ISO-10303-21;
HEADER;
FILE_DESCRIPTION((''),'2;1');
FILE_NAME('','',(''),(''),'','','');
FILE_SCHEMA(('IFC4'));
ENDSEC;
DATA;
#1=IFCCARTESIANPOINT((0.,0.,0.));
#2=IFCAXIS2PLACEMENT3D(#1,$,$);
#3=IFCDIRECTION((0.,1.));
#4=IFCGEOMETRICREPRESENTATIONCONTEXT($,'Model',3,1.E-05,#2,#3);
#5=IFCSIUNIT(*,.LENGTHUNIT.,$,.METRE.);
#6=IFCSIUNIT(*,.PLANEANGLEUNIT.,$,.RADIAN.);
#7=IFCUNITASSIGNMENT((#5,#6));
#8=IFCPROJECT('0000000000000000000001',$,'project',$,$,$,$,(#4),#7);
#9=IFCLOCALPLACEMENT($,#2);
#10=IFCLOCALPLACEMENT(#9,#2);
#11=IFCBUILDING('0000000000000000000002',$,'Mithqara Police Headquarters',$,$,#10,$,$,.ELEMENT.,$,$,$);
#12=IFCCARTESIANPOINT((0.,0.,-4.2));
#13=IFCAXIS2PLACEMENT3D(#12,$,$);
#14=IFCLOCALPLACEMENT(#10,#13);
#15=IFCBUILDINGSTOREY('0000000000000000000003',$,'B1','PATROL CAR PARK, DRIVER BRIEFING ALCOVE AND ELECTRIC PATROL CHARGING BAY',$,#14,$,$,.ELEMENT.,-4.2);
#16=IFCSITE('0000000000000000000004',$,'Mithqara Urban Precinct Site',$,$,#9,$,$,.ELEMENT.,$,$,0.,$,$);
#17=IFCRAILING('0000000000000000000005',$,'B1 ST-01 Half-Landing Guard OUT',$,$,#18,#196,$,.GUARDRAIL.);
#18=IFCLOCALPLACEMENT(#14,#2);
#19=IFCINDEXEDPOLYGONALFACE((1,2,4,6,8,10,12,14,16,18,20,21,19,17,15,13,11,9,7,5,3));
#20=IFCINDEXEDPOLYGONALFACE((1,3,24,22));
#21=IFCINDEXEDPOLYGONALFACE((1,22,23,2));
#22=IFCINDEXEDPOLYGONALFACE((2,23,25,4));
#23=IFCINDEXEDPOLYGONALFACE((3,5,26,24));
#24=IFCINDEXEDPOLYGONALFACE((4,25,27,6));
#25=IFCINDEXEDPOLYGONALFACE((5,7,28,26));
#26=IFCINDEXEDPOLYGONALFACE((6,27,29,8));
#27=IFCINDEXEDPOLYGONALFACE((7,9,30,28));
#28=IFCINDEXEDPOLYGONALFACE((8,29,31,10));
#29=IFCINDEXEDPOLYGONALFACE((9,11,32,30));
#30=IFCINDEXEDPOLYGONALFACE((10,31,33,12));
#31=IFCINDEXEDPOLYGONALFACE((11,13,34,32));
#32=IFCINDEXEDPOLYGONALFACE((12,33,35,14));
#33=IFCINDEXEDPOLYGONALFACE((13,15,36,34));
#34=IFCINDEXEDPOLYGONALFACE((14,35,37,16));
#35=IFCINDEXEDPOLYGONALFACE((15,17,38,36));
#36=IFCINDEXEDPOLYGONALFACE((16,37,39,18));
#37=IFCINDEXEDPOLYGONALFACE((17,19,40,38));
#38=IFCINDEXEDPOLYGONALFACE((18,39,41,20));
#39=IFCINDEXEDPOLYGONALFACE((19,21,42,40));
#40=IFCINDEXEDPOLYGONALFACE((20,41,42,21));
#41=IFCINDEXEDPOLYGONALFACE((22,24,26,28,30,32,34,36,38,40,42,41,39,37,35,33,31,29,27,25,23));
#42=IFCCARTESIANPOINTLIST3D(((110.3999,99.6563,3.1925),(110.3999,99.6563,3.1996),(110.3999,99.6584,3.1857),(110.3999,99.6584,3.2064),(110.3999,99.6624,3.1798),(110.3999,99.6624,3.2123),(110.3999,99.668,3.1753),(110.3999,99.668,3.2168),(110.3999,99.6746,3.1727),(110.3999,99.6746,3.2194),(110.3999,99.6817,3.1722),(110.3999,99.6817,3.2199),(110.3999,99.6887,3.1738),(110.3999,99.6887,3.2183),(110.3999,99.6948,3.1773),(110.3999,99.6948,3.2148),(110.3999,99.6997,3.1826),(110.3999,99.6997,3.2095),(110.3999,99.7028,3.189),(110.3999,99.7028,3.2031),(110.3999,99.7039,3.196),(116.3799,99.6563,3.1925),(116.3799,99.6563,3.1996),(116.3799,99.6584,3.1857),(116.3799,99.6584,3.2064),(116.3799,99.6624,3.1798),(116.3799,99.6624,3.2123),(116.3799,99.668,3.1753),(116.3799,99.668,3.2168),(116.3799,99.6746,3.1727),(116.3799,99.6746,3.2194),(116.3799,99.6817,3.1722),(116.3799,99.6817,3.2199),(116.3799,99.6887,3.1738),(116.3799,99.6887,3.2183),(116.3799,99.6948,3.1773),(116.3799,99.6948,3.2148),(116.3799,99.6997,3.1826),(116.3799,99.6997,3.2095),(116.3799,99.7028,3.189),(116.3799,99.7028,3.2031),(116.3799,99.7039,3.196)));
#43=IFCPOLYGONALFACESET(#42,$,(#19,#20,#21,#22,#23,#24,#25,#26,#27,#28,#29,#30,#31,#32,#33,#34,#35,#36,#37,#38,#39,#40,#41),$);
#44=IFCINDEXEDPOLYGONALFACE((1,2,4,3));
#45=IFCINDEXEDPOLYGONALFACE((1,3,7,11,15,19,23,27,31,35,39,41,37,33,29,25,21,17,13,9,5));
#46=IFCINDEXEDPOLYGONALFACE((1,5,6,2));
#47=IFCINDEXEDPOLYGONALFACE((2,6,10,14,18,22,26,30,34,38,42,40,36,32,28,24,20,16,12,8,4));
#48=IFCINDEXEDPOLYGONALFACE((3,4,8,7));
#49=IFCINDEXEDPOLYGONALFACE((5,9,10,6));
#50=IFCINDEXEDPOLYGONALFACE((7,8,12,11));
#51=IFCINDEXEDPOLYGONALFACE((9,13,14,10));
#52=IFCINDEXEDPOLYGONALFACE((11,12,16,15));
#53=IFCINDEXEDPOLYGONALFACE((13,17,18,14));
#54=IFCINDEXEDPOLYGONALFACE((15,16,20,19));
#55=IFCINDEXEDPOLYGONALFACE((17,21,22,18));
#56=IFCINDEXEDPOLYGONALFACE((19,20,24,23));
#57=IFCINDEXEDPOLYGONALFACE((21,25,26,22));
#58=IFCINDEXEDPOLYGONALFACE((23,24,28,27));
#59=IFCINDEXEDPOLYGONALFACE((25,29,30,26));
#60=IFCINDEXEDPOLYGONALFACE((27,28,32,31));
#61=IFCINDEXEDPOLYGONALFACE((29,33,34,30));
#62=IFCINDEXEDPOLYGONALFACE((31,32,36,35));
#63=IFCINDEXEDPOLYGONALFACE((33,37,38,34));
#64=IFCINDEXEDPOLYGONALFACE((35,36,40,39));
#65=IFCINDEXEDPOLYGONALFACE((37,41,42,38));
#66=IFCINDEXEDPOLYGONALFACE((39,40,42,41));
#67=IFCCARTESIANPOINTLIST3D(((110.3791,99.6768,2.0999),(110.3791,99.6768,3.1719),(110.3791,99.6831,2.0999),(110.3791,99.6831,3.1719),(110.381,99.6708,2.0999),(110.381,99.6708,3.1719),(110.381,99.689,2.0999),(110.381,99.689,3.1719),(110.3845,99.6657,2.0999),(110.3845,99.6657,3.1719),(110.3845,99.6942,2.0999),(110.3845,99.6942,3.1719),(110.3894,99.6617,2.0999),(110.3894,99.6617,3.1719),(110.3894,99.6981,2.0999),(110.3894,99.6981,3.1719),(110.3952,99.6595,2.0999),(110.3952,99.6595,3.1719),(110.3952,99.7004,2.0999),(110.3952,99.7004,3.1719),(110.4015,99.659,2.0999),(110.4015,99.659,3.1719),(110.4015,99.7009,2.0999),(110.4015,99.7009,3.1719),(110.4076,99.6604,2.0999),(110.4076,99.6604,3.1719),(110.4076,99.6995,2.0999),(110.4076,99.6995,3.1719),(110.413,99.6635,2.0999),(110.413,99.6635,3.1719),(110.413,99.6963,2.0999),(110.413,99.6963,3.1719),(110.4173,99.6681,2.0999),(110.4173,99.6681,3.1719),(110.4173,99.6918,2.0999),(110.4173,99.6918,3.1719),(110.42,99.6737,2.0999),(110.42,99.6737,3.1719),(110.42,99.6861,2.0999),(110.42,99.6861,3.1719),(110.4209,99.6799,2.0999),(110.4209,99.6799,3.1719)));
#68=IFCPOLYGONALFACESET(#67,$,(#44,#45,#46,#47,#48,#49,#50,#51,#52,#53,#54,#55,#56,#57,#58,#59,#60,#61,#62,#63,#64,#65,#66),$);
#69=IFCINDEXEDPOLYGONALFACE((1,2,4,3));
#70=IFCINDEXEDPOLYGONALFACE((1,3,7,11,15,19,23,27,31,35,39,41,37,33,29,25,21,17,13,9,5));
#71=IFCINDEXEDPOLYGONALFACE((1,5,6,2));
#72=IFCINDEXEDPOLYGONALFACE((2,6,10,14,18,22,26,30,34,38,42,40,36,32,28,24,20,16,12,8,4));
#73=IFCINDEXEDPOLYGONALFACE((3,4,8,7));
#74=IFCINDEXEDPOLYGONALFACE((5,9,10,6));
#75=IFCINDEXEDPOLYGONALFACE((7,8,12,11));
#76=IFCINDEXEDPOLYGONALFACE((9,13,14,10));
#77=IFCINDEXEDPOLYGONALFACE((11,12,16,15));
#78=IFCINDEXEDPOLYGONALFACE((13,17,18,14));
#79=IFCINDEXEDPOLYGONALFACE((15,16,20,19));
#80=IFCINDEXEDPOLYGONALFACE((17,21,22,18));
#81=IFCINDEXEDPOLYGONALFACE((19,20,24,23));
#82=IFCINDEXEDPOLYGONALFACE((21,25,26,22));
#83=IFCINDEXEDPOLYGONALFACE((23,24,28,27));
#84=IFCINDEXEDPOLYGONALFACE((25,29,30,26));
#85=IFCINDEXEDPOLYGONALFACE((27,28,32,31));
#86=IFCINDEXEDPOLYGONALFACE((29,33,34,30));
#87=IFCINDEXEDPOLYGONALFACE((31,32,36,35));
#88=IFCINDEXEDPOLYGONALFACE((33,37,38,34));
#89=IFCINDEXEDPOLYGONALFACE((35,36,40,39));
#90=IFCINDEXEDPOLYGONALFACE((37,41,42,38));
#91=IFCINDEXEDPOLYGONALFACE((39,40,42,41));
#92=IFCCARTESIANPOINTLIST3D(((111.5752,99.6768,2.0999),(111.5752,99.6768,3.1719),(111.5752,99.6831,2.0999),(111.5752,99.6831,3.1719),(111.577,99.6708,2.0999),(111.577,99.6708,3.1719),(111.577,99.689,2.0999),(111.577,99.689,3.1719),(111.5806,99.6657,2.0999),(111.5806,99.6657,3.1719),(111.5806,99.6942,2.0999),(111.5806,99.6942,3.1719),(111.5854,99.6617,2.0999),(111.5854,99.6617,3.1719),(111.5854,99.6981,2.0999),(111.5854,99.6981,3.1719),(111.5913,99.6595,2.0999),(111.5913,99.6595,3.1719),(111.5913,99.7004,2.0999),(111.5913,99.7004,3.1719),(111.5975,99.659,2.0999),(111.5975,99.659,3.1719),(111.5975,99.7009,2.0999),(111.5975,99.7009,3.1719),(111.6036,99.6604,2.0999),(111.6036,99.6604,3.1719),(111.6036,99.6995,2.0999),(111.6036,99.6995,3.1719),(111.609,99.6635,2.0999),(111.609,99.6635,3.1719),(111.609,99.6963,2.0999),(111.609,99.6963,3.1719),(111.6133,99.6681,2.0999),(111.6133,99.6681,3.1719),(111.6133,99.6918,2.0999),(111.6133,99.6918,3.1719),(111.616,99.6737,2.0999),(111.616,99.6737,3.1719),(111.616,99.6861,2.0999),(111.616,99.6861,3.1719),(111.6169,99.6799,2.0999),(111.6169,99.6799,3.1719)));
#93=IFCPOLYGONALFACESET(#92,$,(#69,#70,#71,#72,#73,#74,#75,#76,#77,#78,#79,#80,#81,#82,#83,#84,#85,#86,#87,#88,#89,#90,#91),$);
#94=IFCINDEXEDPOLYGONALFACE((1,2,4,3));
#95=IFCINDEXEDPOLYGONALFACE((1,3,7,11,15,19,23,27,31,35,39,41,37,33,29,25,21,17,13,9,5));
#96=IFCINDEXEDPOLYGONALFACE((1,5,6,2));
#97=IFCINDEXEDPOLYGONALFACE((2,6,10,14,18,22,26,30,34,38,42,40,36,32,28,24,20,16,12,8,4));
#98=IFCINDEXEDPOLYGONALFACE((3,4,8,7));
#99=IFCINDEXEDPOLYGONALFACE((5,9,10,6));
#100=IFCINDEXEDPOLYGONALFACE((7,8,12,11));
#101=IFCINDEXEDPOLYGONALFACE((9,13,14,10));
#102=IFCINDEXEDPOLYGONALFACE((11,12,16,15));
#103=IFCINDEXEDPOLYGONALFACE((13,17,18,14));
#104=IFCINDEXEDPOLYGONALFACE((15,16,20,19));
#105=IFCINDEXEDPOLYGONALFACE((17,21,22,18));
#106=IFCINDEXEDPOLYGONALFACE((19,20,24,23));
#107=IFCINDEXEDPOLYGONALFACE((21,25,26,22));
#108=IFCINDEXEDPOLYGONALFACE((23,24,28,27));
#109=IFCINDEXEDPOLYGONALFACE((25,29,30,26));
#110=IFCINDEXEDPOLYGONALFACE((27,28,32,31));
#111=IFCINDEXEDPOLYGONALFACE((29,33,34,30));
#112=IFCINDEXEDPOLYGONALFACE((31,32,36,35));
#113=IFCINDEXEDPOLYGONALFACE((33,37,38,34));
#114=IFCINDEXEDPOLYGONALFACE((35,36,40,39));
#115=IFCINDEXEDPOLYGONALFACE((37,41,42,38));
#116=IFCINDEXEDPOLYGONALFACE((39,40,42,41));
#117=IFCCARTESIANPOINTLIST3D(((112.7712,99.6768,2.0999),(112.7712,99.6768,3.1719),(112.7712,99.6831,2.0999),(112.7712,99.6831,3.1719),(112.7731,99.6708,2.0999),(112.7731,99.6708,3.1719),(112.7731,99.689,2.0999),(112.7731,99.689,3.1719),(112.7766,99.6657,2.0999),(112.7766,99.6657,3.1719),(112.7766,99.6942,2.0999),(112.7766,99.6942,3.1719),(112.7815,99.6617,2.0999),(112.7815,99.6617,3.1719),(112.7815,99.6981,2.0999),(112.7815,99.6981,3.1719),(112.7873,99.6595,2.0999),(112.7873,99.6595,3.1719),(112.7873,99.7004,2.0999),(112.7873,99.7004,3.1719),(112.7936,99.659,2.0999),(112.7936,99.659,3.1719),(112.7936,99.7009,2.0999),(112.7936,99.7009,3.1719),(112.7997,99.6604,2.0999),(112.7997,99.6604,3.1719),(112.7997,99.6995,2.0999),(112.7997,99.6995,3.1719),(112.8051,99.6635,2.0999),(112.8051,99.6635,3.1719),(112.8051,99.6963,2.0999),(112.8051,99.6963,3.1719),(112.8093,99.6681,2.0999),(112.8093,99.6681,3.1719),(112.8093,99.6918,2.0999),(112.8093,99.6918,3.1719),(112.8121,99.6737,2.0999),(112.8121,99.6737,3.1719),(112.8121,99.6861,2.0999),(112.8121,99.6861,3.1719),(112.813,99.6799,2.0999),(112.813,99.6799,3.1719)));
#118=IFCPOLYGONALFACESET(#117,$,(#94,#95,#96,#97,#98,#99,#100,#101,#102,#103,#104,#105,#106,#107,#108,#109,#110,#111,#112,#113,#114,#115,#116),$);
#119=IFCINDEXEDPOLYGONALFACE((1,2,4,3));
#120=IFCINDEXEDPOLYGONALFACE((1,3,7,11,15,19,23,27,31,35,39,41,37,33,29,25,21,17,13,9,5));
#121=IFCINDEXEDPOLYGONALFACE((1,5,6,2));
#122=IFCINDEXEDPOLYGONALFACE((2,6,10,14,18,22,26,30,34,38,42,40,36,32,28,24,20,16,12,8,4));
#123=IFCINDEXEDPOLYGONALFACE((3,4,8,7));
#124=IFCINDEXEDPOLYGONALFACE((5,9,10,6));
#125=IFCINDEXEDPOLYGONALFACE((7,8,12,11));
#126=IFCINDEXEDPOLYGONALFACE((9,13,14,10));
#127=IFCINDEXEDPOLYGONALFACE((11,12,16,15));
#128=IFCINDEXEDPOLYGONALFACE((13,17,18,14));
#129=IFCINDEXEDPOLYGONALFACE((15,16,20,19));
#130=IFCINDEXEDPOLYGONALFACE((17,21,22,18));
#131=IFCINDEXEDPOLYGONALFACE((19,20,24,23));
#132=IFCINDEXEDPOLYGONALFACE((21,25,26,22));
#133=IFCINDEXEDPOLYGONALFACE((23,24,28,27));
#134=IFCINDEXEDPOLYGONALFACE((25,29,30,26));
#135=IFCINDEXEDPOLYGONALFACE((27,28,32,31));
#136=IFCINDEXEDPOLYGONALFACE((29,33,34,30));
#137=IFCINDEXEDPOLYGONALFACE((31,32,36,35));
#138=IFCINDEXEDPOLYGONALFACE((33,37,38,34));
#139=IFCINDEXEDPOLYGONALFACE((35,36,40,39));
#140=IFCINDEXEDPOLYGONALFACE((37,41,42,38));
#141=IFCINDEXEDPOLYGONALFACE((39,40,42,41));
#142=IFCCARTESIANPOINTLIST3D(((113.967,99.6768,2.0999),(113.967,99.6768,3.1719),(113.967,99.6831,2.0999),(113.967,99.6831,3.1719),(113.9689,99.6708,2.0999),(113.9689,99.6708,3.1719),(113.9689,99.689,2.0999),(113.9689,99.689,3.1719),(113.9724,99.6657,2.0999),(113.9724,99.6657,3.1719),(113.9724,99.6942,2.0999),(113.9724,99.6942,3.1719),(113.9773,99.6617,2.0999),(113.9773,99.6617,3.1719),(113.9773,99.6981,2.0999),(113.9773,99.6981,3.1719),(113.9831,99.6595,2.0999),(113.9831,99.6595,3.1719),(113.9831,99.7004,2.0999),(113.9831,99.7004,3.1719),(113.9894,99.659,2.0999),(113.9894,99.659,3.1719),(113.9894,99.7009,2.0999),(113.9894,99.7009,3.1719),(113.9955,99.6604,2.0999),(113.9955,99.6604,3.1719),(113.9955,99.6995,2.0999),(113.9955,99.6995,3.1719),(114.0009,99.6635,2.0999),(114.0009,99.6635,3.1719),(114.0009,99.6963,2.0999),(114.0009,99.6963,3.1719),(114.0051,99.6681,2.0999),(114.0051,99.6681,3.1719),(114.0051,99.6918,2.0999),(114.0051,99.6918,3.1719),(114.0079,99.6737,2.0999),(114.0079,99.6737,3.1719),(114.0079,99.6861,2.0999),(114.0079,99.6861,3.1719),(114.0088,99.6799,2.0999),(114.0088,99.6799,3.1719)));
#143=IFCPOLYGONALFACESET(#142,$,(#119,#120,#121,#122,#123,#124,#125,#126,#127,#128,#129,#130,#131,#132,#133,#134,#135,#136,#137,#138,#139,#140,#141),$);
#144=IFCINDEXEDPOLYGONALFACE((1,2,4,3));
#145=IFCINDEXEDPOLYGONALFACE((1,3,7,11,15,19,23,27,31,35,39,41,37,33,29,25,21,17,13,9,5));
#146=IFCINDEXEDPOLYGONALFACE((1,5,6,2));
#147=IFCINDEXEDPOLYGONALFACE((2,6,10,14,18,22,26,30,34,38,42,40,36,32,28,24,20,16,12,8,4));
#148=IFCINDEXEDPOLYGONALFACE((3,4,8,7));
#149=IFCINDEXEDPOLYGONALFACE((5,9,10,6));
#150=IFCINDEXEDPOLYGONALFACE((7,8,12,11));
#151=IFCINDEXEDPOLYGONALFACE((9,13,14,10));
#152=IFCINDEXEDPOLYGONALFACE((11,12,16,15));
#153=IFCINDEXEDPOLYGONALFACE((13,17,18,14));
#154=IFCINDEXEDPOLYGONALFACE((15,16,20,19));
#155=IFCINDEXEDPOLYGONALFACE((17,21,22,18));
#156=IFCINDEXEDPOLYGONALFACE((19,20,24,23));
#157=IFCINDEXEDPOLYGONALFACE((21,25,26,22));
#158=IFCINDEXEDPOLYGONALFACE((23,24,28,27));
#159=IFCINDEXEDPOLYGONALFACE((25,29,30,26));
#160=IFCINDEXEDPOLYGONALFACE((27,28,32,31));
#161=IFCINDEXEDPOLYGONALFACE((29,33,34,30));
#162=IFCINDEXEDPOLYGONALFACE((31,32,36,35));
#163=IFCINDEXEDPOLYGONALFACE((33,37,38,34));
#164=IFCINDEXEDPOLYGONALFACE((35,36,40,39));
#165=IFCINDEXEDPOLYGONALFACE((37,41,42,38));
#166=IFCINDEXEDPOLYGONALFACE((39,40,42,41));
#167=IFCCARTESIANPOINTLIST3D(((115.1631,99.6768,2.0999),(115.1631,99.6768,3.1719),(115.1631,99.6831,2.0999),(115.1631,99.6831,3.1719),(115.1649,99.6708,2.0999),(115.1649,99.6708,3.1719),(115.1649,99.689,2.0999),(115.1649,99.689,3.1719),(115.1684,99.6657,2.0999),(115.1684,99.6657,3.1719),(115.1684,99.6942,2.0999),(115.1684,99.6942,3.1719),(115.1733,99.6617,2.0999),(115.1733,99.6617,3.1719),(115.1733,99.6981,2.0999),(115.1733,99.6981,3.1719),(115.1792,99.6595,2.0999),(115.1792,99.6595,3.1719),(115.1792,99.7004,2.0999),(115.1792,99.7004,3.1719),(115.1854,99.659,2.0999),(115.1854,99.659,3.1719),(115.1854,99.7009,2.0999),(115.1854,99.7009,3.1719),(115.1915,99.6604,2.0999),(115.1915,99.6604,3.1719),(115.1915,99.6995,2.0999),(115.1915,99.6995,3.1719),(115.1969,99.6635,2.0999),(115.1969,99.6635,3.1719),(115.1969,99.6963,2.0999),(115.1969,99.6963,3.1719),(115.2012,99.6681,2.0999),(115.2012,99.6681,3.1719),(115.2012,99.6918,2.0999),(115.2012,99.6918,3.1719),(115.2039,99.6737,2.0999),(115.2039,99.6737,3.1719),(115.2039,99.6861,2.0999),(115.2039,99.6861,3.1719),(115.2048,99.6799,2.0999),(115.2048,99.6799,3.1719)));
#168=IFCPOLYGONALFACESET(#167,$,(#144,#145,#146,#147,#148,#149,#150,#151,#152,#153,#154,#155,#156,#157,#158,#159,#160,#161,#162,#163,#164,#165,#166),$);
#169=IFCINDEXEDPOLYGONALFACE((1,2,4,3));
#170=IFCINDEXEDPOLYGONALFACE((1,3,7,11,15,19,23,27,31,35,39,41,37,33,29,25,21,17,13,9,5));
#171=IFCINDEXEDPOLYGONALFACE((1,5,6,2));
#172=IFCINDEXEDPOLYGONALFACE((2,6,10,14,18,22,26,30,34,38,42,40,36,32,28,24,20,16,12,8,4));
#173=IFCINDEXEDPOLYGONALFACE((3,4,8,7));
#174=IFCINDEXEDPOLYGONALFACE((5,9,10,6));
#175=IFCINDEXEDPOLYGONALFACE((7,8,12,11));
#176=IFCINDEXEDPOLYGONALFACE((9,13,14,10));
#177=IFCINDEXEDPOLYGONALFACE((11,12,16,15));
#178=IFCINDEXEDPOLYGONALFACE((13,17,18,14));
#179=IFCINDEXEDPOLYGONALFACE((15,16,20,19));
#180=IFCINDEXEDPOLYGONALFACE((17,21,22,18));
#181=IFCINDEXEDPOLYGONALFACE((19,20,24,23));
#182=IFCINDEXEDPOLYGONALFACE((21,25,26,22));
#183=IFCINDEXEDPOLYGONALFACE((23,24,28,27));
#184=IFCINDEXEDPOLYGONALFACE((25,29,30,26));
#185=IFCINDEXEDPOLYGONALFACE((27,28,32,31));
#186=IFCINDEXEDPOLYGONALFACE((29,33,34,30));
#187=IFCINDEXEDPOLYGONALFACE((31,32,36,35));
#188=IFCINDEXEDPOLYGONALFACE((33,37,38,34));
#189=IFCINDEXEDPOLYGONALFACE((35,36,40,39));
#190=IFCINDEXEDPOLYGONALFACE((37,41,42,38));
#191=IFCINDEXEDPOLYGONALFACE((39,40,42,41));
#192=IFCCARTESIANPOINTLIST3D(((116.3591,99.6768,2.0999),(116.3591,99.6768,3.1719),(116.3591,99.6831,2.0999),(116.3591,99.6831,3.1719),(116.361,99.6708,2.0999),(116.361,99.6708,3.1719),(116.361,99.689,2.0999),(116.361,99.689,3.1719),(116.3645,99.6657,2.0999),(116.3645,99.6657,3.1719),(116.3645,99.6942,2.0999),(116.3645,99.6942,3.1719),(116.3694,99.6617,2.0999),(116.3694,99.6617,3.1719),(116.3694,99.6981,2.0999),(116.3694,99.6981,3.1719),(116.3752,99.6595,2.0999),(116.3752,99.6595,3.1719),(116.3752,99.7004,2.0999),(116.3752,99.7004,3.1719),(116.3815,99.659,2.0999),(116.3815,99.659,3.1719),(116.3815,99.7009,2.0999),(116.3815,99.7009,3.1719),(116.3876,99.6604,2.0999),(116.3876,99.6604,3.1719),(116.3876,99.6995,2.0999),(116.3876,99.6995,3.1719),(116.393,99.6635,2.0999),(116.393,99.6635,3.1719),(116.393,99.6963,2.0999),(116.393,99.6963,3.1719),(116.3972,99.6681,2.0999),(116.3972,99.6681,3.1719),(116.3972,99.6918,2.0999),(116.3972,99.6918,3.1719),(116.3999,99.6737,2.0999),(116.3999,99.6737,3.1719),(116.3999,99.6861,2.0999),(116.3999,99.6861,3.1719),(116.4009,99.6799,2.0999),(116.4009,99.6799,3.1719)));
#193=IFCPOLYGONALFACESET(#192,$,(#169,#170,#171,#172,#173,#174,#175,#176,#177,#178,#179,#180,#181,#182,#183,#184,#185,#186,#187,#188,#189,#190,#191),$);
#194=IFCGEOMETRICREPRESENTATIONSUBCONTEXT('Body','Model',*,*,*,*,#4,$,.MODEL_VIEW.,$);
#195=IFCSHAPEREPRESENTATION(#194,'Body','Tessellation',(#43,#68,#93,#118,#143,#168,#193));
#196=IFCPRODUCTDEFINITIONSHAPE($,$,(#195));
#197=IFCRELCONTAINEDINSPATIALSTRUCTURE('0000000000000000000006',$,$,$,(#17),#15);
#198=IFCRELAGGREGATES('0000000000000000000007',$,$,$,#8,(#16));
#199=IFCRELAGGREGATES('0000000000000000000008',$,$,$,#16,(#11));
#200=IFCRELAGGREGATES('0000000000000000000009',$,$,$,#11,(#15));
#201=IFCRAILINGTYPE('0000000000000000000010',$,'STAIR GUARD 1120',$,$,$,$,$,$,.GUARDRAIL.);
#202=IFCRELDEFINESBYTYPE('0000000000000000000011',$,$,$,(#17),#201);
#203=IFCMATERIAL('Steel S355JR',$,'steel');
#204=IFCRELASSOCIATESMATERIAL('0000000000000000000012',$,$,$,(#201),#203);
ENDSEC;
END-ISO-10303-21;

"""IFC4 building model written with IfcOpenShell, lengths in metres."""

from ifc_helpers import new_model, si_unit, direction, frame, origin, origin_2d, place, context, subcontext, project, spatial, circle, extrude, material, type_object, element, save


model = new_model("IFC4")

# Units and contexts
model_context = context("Model", 3, precision=1e-05, world=origin(), true_north=direction((0.0, 1.0)))
body_context = subcontext(model_context, "Body", "Model", "MODEL_VIEW")
ifc_project = project(units=[si_unit("LENGTHUNIT", "METRE"), si_unit("PLANEANGLEUNIT", "RADIAN")], contexts=[model_context])

# Site, building, storey
site_placement = place(None, origin())
site = spatial("IfcSite", under=ifc_project, at=site_placement, Name="Mithqara Urban Precinct Site", CompositionType="ELEMENT", RefElevation=0.0)
building_placement = place(site_placement, origin())
building = spatial("IfcBuilding", under=site, at=building_placement, Name="Mithqara Police Headquarters", CompositionType="ELEMENT")
storey_placement = place(building_placement, frame((0.0, 0.0, -4.2)))
storey = spatial("IfcBuildingStorey", under=building, at=storey_placement, Name="B1", Description="PATROL CAR PARK, DRIVER BRIEFING ALCOVE AND ELECTRIC PATROL CHARGING BAY", CompositionType="ELEMENT", Elevation=-4.2)

# Shared definitions
ifc_material_1 = material(Name="Steel S355JR", Category="steel")

# Railing
railing_type_1 = type_object("IfcRailingType", Name="STAIR GUARD 1120", PredefinedType="GUARDRAIL", material=ifc_material_1)
for number, where, name in (
    (1, (110.3999, 99.6799, 2.0999), "B1 ST-01 Half-Landing Guard OUT"),
):
    element("IfcRailing", number, at=place(storey_placement, frame(where)), inside=storey, type_object=railing_type_1, Name=name, PredefinedType="GUARDRAIL", context=body_context, shape_type="SweptSolid", body=[
        extrude(circle(Radius=0.0239, at=origin_2d()), frame((0.0, 0.0, 1.0962), z_axis=(1.0, 0.0, 0.0), x_axis=(0.0, 1.0, 0.0)), (0.0, 0.0, 1.0), 5.98),
        extrude(circle(Radius=0.021, at=origin_2d()), origin(), (0.0, 0.0, 1.0), 1.072),
        extrude(circle(Radius=0.021, at=origin_2d()), frame((1.196, 0.0, 0.0)), (0.0, 0.0, 1.0), 1.072),
        extrude(circle(Radius=0.021, at=origin_2d()), frame((2.3921, 0.0, 0.0)), (0.0, 0.0, 1.0), 1.072),
        extrude(circle(Radius=0.021, at=origin_2d()), frame((3.5879, 0.0, 0.0)), (0.0, 0.0, 1.0), 1.072),
        extrude(circle(Radius=0.021, at=origin_2d()), frame((4.7839, 0.0, 0.0)), (0.0, 0.0, 1.0), 1.072),
        extrude(circle(Radius=0.021, at=origin_2d()), frame((5.98, 0.0, 0.0)), (0.0, 0.0, 1.0), 1.072),
    ])

save(model, "model.ifc")
